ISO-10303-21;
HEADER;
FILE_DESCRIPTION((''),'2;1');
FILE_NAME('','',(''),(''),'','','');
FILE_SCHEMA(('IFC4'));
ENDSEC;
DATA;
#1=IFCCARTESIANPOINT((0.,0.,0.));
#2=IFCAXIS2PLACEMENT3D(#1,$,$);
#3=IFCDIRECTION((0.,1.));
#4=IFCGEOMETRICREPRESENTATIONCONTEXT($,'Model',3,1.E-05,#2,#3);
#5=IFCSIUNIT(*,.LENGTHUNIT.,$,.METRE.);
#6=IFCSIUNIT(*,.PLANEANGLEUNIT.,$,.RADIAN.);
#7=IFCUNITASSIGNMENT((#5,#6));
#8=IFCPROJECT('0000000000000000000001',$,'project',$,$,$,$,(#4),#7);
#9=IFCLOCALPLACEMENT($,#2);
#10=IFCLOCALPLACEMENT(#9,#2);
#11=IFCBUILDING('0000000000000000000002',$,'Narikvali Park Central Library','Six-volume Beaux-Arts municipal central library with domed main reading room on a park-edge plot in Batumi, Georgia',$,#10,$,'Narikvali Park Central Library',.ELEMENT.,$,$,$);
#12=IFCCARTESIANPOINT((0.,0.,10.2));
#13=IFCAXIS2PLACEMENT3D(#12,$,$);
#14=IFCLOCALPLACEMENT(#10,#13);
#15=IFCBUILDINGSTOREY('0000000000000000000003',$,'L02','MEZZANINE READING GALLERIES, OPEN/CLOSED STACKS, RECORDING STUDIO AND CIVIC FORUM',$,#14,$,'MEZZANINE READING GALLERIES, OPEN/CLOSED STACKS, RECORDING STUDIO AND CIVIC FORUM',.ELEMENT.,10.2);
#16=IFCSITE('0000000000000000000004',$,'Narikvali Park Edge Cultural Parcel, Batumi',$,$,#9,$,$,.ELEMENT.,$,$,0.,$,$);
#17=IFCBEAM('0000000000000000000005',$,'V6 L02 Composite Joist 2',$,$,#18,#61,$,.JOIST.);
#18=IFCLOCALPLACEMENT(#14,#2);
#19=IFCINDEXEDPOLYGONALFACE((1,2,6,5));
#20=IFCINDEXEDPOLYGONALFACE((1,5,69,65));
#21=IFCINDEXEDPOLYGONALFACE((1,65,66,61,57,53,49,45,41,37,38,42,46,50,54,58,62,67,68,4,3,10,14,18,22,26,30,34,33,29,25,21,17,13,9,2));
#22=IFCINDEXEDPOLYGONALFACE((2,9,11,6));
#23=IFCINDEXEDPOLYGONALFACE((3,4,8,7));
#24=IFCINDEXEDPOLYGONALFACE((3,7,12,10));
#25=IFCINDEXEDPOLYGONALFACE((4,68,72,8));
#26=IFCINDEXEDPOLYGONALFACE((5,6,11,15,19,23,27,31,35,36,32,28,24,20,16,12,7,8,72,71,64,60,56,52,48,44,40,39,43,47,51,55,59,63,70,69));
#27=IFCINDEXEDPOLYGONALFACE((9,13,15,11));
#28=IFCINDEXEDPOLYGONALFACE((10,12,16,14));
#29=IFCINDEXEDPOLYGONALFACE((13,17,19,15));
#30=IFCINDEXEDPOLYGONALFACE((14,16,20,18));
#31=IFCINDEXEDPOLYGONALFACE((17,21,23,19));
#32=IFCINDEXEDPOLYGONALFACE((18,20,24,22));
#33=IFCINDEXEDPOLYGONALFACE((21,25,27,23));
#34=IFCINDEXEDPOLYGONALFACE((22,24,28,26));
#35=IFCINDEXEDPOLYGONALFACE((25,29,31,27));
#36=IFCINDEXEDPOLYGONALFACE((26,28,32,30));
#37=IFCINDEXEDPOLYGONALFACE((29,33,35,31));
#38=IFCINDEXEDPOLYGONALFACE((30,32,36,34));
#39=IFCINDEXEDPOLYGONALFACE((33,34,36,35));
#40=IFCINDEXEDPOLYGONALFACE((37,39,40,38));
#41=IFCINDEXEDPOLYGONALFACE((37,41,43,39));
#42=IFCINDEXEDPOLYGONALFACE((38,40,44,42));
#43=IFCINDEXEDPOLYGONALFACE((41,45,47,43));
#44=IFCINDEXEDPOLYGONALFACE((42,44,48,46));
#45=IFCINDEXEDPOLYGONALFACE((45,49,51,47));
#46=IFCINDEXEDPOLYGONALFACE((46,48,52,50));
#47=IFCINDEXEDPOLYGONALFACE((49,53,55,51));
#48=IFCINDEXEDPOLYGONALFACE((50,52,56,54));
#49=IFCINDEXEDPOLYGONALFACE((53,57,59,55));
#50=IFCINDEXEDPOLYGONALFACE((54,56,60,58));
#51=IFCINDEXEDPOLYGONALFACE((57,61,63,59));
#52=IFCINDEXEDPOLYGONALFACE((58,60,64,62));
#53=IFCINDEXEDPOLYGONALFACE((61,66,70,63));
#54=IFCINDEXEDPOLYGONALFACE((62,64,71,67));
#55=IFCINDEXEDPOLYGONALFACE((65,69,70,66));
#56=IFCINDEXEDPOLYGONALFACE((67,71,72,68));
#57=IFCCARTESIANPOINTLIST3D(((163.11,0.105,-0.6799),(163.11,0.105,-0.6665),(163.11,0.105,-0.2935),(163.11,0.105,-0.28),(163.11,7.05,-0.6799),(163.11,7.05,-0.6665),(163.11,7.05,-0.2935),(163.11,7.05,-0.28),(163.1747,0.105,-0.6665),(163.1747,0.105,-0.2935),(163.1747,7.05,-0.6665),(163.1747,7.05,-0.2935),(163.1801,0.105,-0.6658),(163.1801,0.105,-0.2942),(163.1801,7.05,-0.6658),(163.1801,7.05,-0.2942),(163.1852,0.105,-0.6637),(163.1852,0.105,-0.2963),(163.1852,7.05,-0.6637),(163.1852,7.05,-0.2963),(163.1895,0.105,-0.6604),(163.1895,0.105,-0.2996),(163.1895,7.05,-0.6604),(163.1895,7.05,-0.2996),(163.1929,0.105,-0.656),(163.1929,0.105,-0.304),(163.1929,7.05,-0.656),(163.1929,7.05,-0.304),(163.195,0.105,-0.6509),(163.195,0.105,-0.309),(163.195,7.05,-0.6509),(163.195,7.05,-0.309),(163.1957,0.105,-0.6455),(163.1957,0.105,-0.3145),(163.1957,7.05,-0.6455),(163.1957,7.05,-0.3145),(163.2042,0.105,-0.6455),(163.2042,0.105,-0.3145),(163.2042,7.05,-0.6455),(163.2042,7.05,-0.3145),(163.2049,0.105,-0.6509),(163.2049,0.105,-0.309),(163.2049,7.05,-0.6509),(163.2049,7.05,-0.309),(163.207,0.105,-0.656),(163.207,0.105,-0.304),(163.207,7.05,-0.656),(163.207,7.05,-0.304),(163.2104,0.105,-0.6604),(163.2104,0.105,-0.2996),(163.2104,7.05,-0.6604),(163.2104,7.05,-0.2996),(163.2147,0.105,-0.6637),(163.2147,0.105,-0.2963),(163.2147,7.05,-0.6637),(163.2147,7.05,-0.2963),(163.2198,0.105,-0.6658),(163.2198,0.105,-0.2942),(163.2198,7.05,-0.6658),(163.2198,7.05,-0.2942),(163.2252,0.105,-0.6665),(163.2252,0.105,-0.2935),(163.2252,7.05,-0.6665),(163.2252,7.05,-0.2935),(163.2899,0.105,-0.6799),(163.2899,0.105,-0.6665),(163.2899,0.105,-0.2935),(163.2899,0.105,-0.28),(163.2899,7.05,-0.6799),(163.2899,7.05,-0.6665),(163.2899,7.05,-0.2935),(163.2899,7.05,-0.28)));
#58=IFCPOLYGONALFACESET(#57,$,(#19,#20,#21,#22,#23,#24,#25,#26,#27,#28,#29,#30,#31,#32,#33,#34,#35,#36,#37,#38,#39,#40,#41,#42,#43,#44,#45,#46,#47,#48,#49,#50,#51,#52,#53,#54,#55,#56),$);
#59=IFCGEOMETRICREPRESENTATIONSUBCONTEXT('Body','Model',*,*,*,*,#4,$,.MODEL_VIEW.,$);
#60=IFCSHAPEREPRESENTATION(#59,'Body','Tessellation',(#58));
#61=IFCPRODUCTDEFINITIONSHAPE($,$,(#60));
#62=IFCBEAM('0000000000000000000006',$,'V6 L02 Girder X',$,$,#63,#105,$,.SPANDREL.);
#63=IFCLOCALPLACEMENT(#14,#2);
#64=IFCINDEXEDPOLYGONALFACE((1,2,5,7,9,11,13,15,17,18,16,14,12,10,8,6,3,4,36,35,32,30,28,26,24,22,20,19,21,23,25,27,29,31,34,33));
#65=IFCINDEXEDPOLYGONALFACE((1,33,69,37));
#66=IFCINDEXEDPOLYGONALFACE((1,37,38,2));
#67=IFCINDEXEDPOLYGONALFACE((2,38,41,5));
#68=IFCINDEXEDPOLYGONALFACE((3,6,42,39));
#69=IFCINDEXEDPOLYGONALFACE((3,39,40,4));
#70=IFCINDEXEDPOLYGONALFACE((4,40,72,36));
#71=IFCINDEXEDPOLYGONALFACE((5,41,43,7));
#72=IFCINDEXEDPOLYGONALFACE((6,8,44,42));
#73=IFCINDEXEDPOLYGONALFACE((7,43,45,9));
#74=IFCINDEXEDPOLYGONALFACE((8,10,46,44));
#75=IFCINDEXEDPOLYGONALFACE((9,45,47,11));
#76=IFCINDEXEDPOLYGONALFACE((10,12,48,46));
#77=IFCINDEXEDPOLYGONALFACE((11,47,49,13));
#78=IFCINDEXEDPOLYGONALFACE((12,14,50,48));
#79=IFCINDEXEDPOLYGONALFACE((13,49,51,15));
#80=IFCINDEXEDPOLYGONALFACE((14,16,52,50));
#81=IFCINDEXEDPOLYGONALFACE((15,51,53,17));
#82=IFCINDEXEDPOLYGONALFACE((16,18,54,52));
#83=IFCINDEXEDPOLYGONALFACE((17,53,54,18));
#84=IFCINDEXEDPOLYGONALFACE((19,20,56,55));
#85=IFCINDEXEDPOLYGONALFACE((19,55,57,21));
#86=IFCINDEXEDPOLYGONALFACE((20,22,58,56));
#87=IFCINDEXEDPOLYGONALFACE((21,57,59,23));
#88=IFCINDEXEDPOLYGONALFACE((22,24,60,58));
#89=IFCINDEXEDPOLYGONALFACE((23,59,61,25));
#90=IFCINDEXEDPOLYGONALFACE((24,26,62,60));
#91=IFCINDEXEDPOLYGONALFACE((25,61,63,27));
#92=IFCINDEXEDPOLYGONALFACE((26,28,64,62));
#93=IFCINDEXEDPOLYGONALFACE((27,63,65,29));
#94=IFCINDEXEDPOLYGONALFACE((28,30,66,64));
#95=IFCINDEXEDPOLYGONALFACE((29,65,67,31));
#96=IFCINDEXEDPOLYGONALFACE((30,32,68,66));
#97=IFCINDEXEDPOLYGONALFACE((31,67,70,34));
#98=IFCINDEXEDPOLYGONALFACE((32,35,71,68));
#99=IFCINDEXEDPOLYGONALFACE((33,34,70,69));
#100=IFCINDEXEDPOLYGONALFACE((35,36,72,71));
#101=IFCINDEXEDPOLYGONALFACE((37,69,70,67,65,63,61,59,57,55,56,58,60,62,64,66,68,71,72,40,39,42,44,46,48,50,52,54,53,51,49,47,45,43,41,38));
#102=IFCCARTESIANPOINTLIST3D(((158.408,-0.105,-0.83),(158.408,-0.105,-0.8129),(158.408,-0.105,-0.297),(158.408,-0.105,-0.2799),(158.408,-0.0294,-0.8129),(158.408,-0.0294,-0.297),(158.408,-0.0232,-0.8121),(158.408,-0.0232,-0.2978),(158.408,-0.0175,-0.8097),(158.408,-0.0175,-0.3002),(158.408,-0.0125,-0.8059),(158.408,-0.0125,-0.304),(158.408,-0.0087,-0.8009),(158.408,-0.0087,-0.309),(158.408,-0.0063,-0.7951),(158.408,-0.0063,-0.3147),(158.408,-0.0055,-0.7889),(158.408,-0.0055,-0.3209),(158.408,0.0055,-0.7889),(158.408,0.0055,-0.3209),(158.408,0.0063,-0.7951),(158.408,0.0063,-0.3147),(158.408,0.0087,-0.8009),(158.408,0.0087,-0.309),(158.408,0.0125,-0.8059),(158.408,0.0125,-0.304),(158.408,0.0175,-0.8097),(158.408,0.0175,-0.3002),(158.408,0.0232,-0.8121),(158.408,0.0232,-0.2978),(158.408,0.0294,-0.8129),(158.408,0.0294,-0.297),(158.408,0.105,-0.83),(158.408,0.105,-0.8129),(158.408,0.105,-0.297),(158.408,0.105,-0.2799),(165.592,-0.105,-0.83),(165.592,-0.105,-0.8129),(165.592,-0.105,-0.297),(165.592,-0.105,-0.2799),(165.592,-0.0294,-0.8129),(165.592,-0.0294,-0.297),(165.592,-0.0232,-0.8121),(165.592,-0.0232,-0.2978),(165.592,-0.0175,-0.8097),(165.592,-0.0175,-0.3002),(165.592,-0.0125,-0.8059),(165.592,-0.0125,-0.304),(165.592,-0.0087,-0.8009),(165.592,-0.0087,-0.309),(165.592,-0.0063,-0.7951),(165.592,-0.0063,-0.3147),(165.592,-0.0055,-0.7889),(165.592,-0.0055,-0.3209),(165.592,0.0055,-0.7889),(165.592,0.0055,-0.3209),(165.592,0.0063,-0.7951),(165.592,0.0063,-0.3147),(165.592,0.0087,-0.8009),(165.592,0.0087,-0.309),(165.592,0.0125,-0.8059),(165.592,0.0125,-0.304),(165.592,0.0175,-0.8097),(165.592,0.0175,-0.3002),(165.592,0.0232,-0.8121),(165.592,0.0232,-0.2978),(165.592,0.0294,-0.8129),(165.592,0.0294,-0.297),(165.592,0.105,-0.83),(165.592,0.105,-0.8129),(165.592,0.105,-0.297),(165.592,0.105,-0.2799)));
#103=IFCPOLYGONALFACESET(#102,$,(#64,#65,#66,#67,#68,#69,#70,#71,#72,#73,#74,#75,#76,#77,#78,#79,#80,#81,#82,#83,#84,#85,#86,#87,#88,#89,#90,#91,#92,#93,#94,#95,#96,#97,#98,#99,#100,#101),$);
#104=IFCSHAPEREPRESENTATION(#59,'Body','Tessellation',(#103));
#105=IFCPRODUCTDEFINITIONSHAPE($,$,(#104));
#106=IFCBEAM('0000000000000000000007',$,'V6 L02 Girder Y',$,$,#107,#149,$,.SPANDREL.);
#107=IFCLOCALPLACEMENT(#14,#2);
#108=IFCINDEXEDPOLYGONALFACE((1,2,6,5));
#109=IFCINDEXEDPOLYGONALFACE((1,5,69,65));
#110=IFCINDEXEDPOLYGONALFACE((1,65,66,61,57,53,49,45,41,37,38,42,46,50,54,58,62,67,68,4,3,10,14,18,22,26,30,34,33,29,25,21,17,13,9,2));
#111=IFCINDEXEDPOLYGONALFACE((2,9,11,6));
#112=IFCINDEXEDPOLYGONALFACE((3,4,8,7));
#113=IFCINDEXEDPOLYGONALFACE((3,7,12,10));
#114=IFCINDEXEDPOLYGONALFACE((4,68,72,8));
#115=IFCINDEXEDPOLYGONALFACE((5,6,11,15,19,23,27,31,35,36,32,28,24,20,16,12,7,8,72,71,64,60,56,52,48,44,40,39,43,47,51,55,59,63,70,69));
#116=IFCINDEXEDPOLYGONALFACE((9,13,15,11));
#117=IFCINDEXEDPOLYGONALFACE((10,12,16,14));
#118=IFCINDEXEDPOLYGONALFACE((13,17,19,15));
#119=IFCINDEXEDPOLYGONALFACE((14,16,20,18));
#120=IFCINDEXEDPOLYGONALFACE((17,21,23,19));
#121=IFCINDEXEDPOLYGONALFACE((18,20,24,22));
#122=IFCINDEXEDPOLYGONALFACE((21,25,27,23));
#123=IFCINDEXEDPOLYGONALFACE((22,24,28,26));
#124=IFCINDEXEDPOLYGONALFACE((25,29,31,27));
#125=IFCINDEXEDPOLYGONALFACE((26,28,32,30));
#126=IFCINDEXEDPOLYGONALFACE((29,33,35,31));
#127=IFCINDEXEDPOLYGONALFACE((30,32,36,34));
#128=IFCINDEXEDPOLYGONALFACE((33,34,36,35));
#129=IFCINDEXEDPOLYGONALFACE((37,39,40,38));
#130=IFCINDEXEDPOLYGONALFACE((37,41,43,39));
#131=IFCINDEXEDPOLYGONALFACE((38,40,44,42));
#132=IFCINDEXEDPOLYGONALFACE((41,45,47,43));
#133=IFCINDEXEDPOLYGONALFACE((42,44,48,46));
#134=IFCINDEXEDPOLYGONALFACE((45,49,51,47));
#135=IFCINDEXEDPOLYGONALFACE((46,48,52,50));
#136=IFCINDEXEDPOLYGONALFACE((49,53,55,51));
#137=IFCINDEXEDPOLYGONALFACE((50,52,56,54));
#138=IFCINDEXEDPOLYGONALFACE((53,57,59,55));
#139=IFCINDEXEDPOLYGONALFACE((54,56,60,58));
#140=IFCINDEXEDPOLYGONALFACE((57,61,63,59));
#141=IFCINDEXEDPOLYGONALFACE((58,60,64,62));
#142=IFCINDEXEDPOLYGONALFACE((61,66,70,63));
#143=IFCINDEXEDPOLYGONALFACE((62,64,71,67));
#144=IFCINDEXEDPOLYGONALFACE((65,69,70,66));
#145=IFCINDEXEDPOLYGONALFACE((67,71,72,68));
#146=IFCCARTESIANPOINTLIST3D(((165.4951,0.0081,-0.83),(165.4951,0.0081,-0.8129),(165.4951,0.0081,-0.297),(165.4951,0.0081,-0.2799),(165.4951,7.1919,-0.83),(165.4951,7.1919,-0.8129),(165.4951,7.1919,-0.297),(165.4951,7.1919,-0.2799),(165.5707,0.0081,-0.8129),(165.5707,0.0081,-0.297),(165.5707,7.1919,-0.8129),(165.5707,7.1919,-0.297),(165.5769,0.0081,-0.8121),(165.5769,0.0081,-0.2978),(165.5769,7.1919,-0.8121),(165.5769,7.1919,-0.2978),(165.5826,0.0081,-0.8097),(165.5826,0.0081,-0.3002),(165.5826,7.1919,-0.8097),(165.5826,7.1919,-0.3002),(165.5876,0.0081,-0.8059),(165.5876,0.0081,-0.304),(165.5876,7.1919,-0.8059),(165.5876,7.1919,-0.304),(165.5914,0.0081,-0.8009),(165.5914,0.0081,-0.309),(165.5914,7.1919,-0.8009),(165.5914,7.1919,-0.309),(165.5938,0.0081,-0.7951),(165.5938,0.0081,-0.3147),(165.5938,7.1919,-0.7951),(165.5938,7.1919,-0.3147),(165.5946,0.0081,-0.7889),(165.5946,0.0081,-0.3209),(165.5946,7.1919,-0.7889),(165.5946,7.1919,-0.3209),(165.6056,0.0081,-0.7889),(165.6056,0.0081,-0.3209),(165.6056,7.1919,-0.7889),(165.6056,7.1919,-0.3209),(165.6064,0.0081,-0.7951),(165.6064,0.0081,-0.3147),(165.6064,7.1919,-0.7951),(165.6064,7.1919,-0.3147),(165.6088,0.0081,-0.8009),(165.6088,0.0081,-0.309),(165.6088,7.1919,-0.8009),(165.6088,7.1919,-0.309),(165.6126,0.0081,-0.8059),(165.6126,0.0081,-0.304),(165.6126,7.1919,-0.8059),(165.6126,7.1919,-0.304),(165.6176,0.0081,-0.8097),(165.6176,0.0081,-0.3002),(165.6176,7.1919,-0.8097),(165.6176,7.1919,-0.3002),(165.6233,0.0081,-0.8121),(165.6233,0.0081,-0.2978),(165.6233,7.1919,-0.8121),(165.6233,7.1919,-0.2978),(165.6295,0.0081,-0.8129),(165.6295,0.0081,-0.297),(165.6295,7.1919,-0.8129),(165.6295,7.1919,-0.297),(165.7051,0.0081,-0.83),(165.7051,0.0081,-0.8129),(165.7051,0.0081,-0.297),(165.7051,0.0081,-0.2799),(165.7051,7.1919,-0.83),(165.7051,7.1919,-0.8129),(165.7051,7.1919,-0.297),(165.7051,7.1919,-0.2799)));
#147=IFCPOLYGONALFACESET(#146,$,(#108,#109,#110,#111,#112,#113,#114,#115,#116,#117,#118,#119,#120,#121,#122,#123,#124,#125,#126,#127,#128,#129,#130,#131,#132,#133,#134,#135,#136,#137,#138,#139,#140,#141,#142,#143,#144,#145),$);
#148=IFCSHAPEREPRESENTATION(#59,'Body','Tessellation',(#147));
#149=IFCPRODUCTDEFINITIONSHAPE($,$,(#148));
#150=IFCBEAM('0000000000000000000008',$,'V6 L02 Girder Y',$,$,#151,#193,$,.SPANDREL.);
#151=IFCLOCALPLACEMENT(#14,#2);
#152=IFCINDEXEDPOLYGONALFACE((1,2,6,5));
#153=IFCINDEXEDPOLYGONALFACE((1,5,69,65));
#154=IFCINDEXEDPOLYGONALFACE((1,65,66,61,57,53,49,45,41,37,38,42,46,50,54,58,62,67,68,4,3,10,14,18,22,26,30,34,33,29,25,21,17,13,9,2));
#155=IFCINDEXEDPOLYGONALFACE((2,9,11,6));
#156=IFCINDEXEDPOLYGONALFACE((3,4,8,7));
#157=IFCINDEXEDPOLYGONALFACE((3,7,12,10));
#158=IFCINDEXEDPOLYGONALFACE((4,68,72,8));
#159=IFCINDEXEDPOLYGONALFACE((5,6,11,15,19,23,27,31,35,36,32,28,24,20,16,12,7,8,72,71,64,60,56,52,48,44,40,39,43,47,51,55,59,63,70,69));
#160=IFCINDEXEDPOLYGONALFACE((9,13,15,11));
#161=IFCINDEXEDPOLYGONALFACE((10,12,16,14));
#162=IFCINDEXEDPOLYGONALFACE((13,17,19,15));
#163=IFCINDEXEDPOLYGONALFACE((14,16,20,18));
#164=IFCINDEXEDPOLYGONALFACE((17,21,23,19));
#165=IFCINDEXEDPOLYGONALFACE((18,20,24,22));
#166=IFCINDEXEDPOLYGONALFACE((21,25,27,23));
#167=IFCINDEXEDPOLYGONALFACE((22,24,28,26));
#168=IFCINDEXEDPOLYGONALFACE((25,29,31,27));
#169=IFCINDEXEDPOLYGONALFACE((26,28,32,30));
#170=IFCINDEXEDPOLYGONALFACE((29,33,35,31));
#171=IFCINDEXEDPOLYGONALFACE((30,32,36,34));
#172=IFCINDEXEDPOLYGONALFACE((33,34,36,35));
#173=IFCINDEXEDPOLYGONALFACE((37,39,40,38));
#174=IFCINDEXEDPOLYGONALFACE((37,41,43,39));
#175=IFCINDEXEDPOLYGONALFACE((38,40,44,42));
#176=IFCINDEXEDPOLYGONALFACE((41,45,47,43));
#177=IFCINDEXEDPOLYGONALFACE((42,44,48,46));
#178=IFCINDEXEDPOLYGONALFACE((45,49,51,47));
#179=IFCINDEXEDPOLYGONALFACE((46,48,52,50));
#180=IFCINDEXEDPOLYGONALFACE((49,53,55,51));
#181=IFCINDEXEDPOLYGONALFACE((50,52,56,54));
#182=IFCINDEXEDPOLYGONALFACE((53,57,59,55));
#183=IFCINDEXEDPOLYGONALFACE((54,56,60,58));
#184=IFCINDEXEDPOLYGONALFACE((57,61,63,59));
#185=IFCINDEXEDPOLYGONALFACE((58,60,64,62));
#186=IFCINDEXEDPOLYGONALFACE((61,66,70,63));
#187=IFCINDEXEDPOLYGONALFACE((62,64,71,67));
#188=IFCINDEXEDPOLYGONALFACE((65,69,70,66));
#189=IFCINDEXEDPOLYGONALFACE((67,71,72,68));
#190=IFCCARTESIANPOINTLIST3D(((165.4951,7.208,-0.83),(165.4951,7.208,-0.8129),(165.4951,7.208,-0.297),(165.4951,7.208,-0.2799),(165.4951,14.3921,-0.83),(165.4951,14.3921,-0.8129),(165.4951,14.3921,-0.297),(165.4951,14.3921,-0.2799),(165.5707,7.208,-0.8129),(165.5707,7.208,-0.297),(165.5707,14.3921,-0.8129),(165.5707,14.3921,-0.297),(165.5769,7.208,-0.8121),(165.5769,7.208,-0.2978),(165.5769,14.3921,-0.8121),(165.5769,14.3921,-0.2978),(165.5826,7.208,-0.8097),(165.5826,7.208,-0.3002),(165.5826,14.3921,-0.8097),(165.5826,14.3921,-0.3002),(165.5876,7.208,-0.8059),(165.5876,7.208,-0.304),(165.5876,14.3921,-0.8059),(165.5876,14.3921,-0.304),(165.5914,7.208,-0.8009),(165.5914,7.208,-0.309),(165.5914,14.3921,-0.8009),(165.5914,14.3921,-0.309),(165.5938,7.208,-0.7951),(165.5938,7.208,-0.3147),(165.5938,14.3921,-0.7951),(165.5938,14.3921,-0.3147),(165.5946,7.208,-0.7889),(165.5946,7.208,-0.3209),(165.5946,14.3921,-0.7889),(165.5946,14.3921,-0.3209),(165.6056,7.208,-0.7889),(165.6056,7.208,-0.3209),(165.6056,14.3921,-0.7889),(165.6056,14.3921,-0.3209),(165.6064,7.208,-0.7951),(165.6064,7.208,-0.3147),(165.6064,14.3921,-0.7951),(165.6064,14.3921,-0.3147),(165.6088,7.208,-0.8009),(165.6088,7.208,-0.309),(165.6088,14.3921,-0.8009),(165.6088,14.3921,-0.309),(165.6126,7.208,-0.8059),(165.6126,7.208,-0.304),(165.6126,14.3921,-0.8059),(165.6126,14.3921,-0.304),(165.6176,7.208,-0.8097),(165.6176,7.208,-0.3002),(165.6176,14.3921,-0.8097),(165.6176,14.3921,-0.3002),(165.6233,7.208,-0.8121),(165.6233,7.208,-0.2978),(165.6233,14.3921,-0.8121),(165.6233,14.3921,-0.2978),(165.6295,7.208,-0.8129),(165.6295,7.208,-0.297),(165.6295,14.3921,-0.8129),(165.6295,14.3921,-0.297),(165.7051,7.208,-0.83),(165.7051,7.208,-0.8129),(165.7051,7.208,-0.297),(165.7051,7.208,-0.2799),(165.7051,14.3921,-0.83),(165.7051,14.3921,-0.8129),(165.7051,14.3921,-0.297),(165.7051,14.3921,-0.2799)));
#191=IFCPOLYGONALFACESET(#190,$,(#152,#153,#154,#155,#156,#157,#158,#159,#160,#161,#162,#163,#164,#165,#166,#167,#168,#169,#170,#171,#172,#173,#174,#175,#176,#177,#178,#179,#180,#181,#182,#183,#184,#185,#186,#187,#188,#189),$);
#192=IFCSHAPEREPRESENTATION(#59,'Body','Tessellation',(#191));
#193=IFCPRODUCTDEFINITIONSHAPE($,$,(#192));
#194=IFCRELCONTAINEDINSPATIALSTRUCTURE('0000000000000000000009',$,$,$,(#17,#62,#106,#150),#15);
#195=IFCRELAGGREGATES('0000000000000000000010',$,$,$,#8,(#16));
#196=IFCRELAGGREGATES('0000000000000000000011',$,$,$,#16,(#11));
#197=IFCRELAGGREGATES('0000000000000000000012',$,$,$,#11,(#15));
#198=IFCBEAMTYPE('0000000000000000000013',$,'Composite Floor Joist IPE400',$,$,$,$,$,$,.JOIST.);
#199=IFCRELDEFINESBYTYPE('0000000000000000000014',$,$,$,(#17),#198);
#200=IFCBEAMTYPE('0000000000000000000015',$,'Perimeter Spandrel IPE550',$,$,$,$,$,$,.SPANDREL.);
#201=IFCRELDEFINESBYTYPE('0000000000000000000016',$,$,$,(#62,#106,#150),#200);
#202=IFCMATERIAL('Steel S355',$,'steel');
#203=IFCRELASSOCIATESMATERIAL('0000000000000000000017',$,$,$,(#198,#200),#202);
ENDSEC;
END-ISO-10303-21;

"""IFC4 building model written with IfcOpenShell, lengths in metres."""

from ifc_helpers import new_model, si_unit, direction, frame, origin, origin_2d, place, context, subcontext, project, spatial, i_section, extrude, material, material_profile, profile_set, type_object, element, save


model = new_model("IFC4")

# Units and contexts
model_context = context("Model", 3, precision=1e-05, world=origin(), true_north=direction((0.0, 1.0)))
body_context = subcontext(model_context, "Body", "Model", "MODEL_VIEW")
ifc_project = project(units=[si_unit("LENGTHUNIT", "METRE"), si_unit("PLANEANGLEUNIT", "RADIAN")], contexts=[model_context])

# Site, building, storey
site_placement = place(None, origin())
site = spatial("IfcSite", under=ifc_project, at=site_placement, Name="Narikvali Park Edge Cultural Parcel, Batumi", CompositionType="ELEMENT", RefElevation=0.0)
building_placement = place(site_placement, origin())
building = spatial("IfcBuilding", under=site, at=building_placement, Name="Narikvali Park Central Library", Description="Six-volume Beaux-Arts municipal central library with domed main reading room on a park-edge plot in Batumi, Georgia", LongName="Narikvali Park Central Library", CompositionType="ELEMENT")
storey_placement = place(building_placement, frame((0.0, 0.0, 10.2)))
storey = spatial("IfcBuildingStorey", under=building, at=storey_placement, Name="L02", Description="MEZZANINE READING GALLERIES, OPEN/CLOSED STACKS, RECORDING STUDIO AND CIVIC FORUM", LongName="MEZZANINE READING GALLERIES, OPEN/CLOSED STACKS, RECORDING STUDIO AND CIVIC FORUM", CompositionType="ELEMENT", Elevation=10.2)

# Shared definitions
ifc_material_1 = material(Name="Steel S355", Category="steel")

# Beams
ifc_material_profile_1 = material_profile(ifc_material_1, i_section(OverallWidth=0.1799, OverallDepth=0.3999, WebThickness=0.0085, FlangeThickness=0.0134, FilletRadius=0.021, at=origin_2d()), Name="IPE 400")
ifc_profile_set_1 = profile_set([ifc_material_profile_1], Name="Steel S355")
beam_type_1 = type_object("IfcBeamType", Name="Composite Floor Joist IPE400", PredefinedType="JOIST", material=ifc_profile_set_1)
for number, where, z_axis, x_axis, name in (
    (1, (163.2, 0.105, -0.48), (0.0, 1.0, 0.0), (-1.0, 0.0, 0.0), "V6 L02 Composite Joist 2"),
):
    element("IfcBeam", number, at=place(storey_placement, frame(where, z_axis=z_axis, x_axis=x_axis)), inside=storey, type_object=beam_type_1, Name=name, PredefinedType="JOIST", context=body_context, shape_type="SweptSolid", body=[
        extrude(i_section(OverallWidth=0.1799, OverallDepth=0.3999, WebThickness=0.0085, FlangeThickness=0.0134, FilletRadius=0.021, at=origin_2d()), origin(), (0.0, 0.0, 1.0), 6.9451),
    ])
ifc_material_profile_2 = material_profile(ifc_material_1, i_section(OverallWidth=0.21, OverallDepth=0.55, WebThickness=0.011, FlangeThickness=0.0171, FilletRadius=0.0239, at=origin_2d()), Name="IPE 550")
ifc_profile_set_2 = profile_set([ifc_material_profile_2], Name="Steel S355")
beam_type_2 = type_object("IfcBeamType", Name="Perimeter Spandrel IPE550", PredefinedType="SPANDREL", material=ifc_profile_set_2)
beam_1_placement = place(storey_placement, frame((158.408, 0.0, -0.5549), z_axis=(1.0, 0.0, 0.0), x_axis=(0.0, 1.0, 0.0)))
element("IfcBeam", 2, at=beam_1_placement, inside=storey, type_object=beam_type_2, Name="V6 L02 Girder X", PredefinedType="SPANDREL", context=body_context, shape_type="SweptSolid", body=[
    extrude(i_section(OverallWidth=0.21, OverallDepth=0.55, WebThickness=0.011, FlangeThickness=0.0171, FilletRadius=0.0239, at=origin_2d()), origin(), (0.0, 0.0, 1.0), 7.1841),
])
beam_2_placement = place(storey_placement, frame((165.6001, 0.0081, -0.5549), z_axis=(0.0, 1.0, 0.0), x_axis=(-1.0, 0.0, 0.0)))
element("IfcBeam", 3, at=beam_2_placement, inside=storey, type_object=beam_type_2, Name="V6 L02 Girder Y", PredefinedType="SPANDREL", context=body_context, shape_type="SweptSolid", body=[
    extrude(i_section(OverallWidth=0.21, OverallDepth=0.55, WebThickness=0.011, FlangeThickness=0.0171, FilletRadius=0.0239, at=origin_2d()), origin(), (0.0, 0.0, 1.0), 7.1838),
])
beam_3_placement = place(storey_placement, frame((165.6001, 7.208, -0.5549), z_axis=(0.0, 1.0, 0.0), x_axis=(-1.0, 0.0, 0.0)))
element("IfcBeam", 4, at=beam_3_placement, inside=storey, type_object=beam_type_2, Name="V6 L02 Girder Y", PredefinedType="SPANDREL", context=body_context, shape_type="SweptSolid", body=[
    extrude(i_section(OverallWidth=0.21, OverallDepth=0.55, WebThickness=0.011, FlangeThickness=0.0171, FilletRadius=0.0239, at=origin_2d()), origin(), (0.0, 0.0, 1.0), 7.1841),
])

save(model, "model.ifc")
